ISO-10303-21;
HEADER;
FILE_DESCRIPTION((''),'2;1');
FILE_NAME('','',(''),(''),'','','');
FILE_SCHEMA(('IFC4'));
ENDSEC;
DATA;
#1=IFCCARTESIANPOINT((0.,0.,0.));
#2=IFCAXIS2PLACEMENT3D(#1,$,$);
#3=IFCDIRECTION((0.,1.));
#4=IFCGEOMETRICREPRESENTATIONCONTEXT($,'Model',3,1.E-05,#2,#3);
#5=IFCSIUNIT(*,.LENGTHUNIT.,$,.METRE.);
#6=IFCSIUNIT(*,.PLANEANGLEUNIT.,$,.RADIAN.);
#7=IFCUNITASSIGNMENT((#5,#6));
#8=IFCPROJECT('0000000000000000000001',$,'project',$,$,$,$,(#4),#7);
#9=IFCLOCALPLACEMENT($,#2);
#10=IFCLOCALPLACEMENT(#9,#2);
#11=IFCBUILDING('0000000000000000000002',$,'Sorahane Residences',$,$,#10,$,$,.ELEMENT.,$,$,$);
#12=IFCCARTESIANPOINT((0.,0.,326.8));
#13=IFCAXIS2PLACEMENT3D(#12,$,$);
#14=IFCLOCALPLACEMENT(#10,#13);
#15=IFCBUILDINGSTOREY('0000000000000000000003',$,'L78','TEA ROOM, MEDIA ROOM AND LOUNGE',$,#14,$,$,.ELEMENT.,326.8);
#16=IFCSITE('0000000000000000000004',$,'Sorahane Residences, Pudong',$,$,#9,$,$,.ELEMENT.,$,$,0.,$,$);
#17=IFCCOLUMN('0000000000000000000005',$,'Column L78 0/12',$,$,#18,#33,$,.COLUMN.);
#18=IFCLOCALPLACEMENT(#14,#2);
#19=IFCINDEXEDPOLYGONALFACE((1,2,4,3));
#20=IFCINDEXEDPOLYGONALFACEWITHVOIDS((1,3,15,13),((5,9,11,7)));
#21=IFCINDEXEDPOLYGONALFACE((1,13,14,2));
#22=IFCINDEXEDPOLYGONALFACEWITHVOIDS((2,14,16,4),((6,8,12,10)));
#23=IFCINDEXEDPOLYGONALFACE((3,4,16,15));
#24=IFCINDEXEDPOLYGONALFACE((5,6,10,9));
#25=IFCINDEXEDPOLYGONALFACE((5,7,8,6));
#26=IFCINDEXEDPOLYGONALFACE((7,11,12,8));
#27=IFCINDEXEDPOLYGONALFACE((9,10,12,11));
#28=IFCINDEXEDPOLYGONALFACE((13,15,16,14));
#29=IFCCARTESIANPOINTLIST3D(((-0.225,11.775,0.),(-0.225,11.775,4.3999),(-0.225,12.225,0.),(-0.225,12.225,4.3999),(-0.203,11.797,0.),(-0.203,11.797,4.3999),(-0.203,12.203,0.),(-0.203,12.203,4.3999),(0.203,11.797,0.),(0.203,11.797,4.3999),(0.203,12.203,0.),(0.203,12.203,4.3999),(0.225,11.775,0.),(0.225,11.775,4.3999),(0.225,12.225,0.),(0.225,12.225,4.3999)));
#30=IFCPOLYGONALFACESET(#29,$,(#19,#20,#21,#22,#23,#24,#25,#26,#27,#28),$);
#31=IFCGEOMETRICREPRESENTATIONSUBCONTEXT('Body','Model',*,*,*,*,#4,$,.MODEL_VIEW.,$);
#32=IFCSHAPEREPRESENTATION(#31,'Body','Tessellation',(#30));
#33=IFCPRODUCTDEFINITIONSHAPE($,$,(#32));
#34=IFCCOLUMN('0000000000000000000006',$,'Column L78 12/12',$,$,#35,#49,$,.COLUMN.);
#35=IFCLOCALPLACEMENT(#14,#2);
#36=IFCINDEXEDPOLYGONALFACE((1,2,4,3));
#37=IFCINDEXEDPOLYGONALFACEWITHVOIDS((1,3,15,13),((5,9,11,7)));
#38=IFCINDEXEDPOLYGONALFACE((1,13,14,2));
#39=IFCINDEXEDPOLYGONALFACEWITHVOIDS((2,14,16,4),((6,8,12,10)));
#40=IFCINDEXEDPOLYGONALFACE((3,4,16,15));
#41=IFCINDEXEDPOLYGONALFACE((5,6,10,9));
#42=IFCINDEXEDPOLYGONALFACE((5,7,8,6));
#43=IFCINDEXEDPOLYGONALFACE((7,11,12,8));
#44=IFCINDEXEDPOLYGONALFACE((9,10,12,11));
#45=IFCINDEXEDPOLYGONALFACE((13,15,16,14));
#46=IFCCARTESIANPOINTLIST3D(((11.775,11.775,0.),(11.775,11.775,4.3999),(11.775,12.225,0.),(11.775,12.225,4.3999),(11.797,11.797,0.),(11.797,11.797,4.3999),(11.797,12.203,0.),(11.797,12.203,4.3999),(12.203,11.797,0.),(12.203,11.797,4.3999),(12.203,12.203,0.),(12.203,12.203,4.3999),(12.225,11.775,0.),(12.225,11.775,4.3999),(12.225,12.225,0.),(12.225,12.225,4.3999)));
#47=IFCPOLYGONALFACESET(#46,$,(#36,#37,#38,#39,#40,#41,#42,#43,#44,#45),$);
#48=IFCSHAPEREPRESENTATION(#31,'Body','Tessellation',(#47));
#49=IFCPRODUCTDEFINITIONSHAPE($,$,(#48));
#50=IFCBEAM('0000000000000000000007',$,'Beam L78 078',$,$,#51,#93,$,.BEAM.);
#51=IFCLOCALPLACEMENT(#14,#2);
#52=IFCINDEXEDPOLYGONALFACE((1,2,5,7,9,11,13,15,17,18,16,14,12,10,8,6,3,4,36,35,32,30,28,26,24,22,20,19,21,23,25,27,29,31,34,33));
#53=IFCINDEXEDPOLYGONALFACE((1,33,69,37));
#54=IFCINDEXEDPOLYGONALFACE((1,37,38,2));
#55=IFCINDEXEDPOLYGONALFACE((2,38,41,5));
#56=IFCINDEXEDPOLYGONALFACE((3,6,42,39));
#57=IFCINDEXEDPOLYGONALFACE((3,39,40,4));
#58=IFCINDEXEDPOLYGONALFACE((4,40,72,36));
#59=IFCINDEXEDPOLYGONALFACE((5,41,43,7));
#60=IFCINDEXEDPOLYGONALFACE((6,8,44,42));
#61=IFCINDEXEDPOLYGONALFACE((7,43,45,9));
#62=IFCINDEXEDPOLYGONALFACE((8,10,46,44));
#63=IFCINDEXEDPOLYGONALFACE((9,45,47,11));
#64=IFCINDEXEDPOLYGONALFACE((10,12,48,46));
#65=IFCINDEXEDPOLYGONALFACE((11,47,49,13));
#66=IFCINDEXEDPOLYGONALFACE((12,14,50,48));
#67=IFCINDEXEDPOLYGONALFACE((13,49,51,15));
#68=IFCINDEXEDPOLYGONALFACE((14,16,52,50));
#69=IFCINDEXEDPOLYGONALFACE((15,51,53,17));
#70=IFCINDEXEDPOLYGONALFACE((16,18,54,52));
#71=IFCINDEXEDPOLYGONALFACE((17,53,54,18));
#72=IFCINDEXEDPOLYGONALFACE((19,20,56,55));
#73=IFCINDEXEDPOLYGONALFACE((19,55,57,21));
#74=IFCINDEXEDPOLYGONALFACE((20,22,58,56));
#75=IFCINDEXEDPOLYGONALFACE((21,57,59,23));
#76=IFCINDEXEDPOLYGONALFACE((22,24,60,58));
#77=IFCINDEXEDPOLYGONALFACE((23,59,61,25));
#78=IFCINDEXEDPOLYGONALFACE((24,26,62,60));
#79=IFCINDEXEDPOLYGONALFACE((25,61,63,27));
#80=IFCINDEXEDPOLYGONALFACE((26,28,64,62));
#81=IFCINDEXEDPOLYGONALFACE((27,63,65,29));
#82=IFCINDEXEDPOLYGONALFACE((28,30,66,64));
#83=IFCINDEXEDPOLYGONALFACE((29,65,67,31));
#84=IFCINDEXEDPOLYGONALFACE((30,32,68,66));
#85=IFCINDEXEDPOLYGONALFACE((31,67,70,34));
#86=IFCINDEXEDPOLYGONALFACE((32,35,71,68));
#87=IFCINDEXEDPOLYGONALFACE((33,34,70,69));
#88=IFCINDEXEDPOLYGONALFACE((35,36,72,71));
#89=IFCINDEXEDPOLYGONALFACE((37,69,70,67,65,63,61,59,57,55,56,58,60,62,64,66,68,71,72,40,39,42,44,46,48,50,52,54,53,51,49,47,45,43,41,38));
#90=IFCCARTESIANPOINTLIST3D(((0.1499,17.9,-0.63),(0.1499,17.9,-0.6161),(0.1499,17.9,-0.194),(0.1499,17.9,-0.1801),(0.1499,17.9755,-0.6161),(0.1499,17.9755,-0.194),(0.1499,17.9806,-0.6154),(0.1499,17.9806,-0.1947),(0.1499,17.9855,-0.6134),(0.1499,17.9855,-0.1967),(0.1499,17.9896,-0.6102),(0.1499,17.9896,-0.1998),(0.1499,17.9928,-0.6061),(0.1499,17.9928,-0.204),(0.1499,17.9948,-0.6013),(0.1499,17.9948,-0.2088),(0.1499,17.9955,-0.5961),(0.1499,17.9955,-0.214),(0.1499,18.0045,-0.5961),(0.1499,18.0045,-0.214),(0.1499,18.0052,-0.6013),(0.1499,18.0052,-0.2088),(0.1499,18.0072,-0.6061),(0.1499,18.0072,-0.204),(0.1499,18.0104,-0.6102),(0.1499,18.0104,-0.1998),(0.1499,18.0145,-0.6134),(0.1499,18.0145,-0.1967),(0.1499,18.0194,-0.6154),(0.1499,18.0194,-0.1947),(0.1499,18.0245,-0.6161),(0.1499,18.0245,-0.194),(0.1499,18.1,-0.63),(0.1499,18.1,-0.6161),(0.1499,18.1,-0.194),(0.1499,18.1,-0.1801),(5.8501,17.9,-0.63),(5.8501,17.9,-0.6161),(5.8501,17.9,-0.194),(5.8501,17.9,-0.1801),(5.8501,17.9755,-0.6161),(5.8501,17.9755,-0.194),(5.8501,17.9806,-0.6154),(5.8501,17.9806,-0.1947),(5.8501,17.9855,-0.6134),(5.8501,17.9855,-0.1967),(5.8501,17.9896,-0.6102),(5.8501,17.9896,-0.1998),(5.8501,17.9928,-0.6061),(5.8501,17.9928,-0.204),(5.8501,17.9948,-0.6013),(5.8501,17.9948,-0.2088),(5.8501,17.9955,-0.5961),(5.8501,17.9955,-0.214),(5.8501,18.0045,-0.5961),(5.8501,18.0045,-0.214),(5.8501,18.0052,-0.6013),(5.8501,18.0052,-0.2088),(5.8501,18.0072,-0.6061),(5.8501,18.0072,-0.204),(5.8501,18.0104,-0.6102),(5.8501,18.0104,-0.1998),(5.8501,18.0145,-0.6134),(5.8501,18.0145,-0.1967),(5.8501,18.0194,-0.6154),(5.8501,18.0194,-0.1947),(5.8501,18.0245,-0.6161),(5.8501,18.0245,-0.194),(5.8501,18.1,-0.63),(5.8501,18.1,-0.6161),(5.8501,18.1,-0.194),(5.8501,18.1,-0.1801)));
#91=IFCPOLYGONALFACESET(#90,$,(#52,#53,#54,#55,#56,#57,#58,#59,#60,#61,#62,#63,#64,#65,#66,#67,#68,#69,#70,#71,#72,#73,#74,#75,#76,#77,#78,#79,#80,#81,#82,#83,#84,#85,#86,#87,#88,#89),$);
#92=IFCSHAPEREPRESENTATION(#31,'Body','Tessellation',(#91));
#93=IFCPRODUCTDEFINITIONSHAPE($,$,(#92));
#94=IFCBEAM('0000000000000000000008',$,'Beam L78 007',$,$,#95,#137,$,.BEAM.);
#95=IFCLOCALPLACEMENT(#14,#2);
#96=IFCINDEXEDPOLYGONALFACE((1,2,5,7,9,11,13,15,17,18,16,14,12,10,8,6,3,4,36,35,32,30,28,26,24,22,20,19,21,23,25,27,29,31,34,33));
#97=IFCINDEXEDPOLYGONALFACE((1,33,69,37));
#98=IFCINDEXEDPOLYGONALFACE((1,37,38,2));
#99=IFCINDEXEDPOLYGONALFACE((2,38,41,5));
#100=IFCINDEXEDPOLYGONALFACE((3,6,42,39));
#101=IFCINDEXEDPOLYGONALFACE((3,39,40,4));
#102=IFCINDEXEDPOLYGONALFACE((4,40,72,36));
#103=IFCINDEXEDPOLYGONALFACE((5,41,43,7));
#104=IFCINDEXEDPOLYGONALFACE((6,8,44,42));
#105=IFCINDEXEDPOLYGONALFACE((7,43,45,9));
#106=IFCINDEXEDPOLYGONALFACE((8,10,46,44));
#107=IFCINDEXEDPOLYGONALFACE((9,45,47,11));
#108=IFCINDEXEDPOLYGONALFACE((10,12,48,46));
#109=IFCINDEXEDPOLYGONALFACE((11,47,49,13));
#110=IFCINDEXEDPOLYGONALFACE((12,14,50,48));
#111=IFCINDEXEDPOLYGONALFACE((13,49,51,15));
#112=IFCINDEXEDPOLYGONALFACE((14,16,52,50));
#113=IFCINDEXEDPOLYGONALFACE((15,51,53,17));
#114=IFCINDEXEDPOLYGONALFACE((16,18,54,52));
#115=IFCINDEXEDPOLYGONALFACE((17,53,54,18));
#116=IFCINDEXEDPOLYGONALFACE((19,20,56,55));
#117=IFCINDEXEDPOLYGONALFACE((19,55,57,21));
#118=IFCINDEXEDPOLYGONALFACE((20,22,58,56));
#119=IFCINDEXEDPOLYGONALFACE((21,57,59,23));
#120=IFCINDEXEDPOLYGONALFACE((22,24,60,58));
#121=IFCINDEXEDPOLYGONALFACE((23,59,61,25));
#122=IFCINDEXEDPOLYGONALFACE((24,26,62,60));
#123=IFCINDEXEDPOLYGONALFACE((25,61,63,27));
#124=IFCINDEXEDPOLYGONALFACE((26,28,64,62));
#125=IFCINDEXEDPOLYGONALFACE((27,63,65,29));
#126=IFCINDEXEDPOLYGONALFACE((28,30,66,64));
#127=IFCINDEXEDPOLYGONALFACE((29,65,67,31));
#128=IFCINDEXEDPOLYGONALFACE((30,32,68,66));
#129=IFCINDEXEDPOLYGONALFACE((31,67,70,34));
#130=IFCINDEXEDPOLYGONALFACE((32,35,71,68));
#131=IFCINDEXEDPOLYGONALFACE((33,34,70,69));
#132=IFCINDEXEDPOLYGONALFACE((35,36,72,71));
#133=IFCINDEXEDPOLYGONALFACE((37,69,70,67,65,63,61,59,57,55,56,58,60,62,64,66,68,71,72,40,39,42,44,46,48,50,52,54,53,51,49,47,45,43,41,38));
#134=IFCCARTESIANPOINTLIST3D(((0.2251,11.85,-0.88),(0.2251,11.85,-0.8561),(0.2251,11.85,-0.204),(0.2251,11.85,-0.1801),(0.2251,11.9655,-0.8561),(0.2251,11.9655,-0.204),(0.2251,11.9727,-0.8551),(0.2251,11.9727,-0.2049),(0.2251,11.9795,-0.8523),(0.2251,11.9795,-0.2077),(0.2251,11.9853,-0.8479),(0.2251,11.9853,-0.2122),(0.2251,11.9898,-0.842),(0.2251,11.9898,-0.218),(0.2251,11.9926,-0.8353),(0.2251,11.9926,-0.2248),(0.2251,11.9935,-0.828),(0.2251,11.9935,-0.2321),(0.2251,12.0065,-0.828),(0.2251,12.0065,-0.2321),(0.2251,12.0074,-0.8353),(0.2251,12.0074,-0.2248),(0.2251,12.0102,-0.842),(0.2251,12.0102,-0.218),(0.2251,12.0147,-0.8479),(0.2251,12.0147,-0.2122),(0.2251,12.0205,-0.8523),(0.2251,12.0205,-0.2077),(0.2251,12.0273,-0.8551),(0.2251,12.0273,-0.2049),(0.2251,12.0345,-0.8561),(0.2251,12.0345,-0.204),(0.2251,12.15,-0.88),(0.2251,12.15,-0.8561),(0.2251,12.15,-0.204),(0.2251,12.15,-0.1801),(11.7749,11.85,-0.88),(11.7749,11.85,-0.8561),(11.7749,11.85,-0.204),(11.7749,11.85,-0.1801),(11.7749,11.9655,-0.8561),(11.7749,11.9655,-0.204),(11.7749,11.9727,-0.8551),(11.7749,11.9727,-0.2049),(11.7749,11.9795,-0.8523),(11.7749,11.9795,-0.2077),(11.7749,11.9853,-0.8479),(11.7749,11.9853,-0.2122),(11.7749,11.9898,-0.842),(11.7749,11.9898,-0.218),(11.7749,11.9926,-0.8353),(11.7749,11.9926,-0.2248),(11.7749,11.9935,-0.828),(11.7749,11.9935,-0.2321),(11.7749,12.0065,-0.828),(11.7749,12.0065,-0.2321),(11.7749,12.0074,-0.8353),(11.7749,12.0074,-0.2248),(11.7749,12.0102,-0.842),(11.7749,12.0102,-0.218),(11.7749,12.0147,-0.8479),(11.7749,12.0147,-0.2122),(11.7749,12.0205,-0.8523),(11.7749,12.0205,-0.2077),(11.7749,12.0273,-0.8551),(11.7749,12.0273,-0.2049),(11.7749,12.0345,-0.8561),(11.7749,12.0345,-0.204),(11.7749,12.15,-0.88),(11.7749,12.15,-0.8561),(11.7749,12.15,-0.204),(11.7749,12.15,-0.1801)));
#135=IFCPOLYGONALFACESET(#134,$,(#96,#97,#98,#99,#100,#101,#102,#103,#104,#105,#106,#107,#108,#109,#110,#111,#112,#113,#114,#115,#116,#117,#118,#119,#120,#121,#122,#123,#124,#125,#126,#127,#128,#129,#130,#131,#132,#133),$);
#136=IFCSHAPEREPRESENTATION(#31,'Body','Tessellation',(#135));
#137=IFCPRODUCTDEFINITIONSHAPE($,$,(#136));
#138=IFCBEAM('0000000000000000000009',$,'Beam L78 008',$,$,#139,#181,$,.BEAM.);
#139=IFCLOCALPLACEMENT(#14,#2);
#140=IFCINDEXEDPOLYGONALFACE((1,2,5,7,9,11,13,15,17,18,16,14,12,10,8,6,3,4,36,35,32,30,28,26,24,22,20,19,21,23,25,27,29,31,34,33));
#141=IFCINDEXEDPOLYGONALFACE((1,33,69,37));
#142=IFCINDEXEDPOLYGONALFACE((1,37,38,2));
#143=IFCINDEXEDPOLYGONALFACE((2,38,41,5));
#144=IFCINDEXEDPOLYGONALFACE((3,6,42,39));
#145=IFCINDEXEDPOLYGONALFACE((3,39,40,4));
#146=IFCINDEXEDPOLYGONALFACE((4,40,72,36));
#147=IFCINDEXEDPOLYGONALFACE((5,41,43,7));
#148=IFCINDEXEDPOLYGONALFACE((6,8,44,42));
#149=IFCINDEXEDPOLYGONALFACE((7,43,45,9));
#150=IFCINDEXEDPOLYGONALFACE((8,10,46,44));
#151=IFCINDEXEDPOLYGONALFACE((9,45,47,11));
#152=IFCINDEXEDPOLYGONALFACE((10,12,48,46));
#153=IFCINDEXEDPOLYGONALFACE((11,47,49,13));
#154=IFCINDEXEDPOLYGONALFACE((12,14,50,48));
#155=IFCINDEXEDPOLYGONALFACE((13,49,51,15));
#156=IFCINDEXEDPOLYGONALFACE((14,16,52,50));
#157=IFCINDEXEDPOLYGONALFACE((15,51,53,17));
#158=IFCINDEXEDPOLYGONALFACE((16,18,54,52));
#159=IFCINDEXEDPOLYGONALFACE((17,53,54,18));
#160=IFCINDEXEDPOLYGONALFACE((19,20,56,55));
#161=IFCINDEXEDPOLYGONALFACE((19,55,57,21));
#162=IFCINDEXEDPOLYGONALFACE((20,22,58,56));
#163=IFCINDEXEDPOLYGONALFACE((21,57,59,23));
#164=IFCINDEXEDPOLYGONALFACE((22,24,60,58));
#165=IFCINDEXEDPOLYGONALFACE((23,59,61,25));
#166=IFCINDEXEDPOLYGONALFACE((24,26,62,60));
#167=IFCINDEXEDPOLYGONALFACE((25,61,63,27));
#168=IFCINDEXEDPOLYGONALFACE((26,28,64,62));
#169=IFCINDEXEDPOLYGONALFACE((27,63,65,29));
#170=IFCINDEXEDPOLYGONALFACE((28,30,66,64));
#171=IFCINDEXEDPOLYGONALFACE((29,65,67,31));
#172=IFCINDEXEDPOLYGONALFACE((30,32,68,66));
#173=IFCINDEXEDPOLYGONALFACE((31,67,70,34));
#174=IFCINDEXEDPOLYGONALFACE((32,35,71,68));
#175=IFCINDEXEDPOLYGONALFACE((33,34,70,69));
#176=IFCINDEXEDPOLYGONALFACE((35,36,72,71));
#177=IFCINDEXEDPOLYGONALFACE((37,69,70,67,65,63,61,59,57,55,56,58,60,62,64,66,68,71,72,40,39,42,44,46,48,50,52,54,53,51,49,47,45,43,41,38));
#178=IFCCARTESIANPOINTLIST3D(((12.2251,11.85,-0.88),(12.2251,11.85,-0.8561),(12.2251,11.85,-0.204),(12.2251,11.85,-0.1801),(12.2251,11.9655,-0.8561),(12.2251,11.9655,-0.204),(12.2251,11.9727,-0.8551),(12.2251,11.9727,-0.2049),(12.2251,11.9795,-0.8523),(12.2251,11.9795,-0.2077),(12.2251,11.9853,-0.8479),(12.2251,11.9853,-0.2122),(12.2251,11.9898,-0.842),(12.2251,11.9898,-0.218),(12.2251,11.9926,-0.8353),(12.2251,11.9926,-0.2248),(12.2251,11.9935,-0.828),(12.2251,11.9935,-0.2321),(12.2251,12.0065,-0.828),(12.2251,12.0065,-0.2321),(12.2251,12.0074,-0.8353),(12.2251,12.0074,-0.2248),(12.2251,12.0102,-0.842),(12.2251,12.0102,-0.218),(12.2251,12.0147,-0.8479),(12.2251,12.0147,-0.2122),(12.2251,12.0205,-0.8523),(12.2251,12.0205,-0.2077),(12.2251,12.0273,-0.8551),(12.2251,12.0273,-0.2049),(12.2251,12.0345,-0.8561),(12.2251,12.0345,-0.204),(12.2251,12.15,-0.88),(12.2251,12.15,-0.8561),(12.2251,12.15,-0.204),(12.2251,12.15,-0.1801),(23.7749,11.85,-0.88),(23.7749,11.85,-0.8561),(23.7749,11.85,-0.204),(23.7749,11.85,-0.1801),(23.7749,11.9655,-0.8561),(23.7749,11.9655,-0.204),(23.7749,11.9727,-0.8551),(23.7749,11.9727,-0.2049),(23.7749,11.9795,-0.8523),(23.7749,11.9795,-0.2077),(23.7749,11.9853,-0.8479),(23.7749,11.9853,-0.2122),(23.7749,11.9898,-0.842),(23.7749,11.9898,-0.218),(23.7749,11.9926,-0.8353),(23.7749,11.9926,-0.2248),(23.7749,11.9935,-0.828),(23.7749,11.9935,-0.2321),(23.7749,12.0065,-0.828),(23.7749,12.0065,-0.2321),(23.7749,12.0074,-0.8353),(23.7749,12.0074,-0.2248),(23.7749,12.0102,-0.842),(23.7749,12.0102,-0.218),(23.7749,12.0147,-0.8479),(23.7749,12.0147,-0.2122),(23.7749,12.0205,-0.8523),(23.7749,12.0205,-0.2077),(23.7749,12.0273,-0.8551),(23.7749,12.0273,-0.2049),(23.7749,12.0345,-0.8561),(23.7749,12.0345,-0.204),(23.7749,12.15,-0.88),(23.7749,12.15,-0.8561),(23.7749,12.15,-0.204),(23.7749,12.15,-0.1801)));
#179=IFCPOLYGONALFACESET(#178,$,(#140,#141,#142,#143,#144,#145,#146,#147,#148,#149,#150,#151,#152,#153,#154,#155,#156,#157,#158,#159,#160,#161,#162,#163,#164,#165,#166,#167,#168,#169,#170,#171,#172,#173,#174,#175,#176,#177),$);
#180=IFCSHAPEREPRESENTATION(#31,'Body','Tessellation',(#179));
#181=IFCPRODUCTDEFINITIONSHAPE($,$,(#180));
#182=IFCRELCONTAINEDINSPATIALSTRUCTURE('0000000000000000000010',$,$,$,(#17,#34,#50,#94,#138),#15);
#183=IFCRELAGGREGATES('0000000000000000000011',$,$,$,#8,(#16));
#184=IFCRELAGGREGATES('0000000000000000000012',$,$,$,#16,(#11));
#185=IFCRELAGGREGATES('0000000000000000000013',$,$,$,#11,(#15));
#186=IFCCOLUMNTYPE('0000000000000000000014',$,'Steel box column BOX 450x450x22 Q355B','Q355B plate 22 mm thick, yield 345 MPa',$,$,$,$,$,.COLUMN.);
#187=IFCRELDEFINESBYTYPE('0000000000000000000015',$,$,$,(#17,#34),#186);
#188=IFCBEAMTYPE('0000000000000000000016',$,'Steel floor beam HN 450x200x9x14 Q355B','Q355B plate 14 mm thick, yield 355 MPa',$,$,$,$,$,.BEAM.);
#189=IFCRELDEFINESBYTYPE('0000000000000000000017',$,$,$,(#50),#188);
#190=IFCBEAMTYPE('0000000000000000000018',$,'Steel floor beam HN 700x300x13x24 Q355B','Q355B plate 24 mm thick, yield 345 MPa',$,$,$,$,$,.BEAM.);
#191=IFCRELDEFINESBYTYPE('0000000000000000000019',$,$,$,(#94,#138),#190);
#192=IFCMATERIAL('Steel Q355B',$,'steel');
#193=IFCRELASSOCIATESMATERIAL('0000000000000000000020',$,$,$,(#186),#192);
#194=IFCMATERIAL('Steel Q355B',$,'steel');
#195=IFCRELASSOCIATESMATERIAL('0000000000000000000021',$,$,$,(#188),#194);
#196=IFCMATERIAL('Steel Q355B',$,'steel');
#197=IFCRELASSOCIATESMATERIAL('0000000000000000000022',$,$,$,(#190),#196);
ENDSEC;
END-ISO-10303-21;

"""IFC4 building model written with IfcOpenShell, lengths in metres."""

from ifc_helpers import new_model, si_unit, direction, frame, origin, origin_2d, place, context, subcontext, project, spatial, hollow_rectangle, i_section, extrude, material, material_profile, profile_set, type_object, element, save


model = new_model("IFC4")

# Units and contexts
model_context = context("Model", 3, precision=1e-05, world=origin(), true_north=direction((0.0, 1.0)))
body_context = subcontext(model_context, "Body", "Model", "MODEL_VIEW")
ifc_project = project(units=[si_unit("LENGTHUNIT", "METRE"), si_unit("PLANEANGLEUNIT", "RADIAN")], contexts=[model_context])

# Site, building, storey
site_placement = place(None, origin())
site = spatial("IfcSite", under=ifc_project, at=site_placement, Name="Sorahane Residences, Pudong", CompositionType="ELEMENT", RefElevation=0.0)
building_placement = place(site_placement, origin())
building = spatial("IfcBuilding", under=site, at=building_placement, Name="Sorahane Residences", CompositionType="ELEMENT")
storey_placement = place(building_placement, frame((0.0, 0.0, 326.8)))
storey = spatial("IfcBuildingStorey", under=building, at=storey_placement, Name="L78", Description="TEA ROOM, MEDIA ROOM AND LOUNGE", CompositionType="ELEMENT", Elevation=326.8)

# Columns
ifc_material_1 = material(Name="Steel Q355B", Category="steel")
ifc_material_profile_1 = material_profile(ifc_material_1, hollow_rectangle(XDim=0.45, YDim=0.45, WallThickness=0.022, at=origin_2d()), Name="BOX 450x450x22")
ifc_profile_set_1 = profile_set([ifc_material_profile_1], Name="Steel Q355B")
column_type = type_object("IfcColumnType", Name="Steel box column BOX 450x450x22 Q355B", Description="Q355B plate 22 mm thick, yield 345 MPa", PredefinedType="COLUMN", material=ifc_profile_set_1)
for number, where, z_axis, x_axis, name in (
    (1, (0.0, 12.0, 0.0), (0.0, 0.0, 1.0), (1.0, 0.0, 0.0), "Column L78 0/12"),
    (2, (12.0, 12.0, 0.0), (0.0, 0.0, 1.0), (1.0, 0.0, 0.0), "Column L78 12/12"),
):
    element("IfcColumn", number, at=place(storey_placement, frame(where, z_axis=z_axis, x_axis=x_axis)), inside=storey, type_object=column_type, Name=name, PredefinedType="COLUMN", context=body_context, shape_type="SweptSolid", body=[
        extrude(hollow_rectangle(XDim=0.45, YDim=0.45, WallThickness=0.022, at=origin_2d()), origin(), (0.0, 0.0, 1.0), 4.3999),
    ])

# Beams
ifc_material_2 = material(Name="Steel Q355B", Category="steel")
ifc_material_profile_2 = material_profile(ifc_material_2, i_section(OverallWidth=0.2, OverallDepth=0.45, WebThickness=0.009, FlangeThickness=0.0139, FilletRadius=0.02, at=origin_2d()), Name="HN 450x200x9x14")
ifc_profile_set_2 = profile_set([ifc_material_profile_2], Name="Steel Q355B")
beam_type_1 = type_object("IfcBeamType", Name="Steel floor beam HN 450x200x9x14 Q355B", Description="Q355B plate 14 mm thick, yield 355 MPa", PredefinedType="BEAM", material=ifc_profile_set_2)
beam_1_placement = place(storey_placement, frame((0.1499, 18.0, -0.405), z_axis=(1.0, 0.0, 0.0), x_axis=(0.0, 1.0, 0.0)))
element("IfcBeam", 3, at=beam_1_placement, inside=storey, type_object=beam_type_1, Name="Beam L78 078", PredefinedType="BEAM", context=body_context, shape_type="SweptSolid", body=[
    extrude(i_section(OverallWidth=0.2, OverallDepth=0.45, WebThickness=0.009, FlangeThickness=0.0139, FilletRadius=0.02, at=origin_2d()), origin(), (0.0, 0.0, 1.0), 5.7002),
])
ifc_material_3 = material(Name="Steel Q355B", Category="steel")
ifc_material_profile_3 = material_profile(ifc_material_3, i_section(OverallWidth=0.3, OverallDepth=0.7, WebThickness=0.0129, FlangeThickness=0.0239, FilletRadius=0.0281, at=origin_2d()), Name="HN 700x300x13x24")
ifc_profile_set_3 = profile_set([ifc_material_profile_3], Name="Steel Q355B")
beam_type_2 = type_object("IfcBeamType", Name="Steel floor beam HN 700x300x13x24 Q355B", Description="Q355B plate 24 mm thick, yield 345 MPa", PredefinedType="BEAM", material=ifc_profile_set_3)
for number, where, z_axis, x_axis, name in (
    (4, (0.2251, 12.0, -0.53), (1.0, 0.0, 0.0), (0.0, 1.0, 0.0), "Beam L78 007"),
    (5, (12.2251, 12.0, -0.53), (1.0, 0.0, 0.0), (0.0, 1.0, 0.0), "Beam L78 008"),
):
    element("IfcBeam", number, at=place(storey_placement, frame(where, z_axis=z_axis, x_axis=x_axis)), inside=storey, type_object=beam_type_2, Name=name, PredefinedType="BEAM", context=body_context, shape_type="SweptSolid", body=[
        extrude(i_section(OverallWidth=0.3, OverallDepth=0.7, WebThickness=0.0129, FlangeThickness=0.0239, FilletRadius=0.0281, at=origin_2d()), origin(), (0.0, 0.0, 1.0), 11.5498),
    ])

save(model, "model.ifc")
